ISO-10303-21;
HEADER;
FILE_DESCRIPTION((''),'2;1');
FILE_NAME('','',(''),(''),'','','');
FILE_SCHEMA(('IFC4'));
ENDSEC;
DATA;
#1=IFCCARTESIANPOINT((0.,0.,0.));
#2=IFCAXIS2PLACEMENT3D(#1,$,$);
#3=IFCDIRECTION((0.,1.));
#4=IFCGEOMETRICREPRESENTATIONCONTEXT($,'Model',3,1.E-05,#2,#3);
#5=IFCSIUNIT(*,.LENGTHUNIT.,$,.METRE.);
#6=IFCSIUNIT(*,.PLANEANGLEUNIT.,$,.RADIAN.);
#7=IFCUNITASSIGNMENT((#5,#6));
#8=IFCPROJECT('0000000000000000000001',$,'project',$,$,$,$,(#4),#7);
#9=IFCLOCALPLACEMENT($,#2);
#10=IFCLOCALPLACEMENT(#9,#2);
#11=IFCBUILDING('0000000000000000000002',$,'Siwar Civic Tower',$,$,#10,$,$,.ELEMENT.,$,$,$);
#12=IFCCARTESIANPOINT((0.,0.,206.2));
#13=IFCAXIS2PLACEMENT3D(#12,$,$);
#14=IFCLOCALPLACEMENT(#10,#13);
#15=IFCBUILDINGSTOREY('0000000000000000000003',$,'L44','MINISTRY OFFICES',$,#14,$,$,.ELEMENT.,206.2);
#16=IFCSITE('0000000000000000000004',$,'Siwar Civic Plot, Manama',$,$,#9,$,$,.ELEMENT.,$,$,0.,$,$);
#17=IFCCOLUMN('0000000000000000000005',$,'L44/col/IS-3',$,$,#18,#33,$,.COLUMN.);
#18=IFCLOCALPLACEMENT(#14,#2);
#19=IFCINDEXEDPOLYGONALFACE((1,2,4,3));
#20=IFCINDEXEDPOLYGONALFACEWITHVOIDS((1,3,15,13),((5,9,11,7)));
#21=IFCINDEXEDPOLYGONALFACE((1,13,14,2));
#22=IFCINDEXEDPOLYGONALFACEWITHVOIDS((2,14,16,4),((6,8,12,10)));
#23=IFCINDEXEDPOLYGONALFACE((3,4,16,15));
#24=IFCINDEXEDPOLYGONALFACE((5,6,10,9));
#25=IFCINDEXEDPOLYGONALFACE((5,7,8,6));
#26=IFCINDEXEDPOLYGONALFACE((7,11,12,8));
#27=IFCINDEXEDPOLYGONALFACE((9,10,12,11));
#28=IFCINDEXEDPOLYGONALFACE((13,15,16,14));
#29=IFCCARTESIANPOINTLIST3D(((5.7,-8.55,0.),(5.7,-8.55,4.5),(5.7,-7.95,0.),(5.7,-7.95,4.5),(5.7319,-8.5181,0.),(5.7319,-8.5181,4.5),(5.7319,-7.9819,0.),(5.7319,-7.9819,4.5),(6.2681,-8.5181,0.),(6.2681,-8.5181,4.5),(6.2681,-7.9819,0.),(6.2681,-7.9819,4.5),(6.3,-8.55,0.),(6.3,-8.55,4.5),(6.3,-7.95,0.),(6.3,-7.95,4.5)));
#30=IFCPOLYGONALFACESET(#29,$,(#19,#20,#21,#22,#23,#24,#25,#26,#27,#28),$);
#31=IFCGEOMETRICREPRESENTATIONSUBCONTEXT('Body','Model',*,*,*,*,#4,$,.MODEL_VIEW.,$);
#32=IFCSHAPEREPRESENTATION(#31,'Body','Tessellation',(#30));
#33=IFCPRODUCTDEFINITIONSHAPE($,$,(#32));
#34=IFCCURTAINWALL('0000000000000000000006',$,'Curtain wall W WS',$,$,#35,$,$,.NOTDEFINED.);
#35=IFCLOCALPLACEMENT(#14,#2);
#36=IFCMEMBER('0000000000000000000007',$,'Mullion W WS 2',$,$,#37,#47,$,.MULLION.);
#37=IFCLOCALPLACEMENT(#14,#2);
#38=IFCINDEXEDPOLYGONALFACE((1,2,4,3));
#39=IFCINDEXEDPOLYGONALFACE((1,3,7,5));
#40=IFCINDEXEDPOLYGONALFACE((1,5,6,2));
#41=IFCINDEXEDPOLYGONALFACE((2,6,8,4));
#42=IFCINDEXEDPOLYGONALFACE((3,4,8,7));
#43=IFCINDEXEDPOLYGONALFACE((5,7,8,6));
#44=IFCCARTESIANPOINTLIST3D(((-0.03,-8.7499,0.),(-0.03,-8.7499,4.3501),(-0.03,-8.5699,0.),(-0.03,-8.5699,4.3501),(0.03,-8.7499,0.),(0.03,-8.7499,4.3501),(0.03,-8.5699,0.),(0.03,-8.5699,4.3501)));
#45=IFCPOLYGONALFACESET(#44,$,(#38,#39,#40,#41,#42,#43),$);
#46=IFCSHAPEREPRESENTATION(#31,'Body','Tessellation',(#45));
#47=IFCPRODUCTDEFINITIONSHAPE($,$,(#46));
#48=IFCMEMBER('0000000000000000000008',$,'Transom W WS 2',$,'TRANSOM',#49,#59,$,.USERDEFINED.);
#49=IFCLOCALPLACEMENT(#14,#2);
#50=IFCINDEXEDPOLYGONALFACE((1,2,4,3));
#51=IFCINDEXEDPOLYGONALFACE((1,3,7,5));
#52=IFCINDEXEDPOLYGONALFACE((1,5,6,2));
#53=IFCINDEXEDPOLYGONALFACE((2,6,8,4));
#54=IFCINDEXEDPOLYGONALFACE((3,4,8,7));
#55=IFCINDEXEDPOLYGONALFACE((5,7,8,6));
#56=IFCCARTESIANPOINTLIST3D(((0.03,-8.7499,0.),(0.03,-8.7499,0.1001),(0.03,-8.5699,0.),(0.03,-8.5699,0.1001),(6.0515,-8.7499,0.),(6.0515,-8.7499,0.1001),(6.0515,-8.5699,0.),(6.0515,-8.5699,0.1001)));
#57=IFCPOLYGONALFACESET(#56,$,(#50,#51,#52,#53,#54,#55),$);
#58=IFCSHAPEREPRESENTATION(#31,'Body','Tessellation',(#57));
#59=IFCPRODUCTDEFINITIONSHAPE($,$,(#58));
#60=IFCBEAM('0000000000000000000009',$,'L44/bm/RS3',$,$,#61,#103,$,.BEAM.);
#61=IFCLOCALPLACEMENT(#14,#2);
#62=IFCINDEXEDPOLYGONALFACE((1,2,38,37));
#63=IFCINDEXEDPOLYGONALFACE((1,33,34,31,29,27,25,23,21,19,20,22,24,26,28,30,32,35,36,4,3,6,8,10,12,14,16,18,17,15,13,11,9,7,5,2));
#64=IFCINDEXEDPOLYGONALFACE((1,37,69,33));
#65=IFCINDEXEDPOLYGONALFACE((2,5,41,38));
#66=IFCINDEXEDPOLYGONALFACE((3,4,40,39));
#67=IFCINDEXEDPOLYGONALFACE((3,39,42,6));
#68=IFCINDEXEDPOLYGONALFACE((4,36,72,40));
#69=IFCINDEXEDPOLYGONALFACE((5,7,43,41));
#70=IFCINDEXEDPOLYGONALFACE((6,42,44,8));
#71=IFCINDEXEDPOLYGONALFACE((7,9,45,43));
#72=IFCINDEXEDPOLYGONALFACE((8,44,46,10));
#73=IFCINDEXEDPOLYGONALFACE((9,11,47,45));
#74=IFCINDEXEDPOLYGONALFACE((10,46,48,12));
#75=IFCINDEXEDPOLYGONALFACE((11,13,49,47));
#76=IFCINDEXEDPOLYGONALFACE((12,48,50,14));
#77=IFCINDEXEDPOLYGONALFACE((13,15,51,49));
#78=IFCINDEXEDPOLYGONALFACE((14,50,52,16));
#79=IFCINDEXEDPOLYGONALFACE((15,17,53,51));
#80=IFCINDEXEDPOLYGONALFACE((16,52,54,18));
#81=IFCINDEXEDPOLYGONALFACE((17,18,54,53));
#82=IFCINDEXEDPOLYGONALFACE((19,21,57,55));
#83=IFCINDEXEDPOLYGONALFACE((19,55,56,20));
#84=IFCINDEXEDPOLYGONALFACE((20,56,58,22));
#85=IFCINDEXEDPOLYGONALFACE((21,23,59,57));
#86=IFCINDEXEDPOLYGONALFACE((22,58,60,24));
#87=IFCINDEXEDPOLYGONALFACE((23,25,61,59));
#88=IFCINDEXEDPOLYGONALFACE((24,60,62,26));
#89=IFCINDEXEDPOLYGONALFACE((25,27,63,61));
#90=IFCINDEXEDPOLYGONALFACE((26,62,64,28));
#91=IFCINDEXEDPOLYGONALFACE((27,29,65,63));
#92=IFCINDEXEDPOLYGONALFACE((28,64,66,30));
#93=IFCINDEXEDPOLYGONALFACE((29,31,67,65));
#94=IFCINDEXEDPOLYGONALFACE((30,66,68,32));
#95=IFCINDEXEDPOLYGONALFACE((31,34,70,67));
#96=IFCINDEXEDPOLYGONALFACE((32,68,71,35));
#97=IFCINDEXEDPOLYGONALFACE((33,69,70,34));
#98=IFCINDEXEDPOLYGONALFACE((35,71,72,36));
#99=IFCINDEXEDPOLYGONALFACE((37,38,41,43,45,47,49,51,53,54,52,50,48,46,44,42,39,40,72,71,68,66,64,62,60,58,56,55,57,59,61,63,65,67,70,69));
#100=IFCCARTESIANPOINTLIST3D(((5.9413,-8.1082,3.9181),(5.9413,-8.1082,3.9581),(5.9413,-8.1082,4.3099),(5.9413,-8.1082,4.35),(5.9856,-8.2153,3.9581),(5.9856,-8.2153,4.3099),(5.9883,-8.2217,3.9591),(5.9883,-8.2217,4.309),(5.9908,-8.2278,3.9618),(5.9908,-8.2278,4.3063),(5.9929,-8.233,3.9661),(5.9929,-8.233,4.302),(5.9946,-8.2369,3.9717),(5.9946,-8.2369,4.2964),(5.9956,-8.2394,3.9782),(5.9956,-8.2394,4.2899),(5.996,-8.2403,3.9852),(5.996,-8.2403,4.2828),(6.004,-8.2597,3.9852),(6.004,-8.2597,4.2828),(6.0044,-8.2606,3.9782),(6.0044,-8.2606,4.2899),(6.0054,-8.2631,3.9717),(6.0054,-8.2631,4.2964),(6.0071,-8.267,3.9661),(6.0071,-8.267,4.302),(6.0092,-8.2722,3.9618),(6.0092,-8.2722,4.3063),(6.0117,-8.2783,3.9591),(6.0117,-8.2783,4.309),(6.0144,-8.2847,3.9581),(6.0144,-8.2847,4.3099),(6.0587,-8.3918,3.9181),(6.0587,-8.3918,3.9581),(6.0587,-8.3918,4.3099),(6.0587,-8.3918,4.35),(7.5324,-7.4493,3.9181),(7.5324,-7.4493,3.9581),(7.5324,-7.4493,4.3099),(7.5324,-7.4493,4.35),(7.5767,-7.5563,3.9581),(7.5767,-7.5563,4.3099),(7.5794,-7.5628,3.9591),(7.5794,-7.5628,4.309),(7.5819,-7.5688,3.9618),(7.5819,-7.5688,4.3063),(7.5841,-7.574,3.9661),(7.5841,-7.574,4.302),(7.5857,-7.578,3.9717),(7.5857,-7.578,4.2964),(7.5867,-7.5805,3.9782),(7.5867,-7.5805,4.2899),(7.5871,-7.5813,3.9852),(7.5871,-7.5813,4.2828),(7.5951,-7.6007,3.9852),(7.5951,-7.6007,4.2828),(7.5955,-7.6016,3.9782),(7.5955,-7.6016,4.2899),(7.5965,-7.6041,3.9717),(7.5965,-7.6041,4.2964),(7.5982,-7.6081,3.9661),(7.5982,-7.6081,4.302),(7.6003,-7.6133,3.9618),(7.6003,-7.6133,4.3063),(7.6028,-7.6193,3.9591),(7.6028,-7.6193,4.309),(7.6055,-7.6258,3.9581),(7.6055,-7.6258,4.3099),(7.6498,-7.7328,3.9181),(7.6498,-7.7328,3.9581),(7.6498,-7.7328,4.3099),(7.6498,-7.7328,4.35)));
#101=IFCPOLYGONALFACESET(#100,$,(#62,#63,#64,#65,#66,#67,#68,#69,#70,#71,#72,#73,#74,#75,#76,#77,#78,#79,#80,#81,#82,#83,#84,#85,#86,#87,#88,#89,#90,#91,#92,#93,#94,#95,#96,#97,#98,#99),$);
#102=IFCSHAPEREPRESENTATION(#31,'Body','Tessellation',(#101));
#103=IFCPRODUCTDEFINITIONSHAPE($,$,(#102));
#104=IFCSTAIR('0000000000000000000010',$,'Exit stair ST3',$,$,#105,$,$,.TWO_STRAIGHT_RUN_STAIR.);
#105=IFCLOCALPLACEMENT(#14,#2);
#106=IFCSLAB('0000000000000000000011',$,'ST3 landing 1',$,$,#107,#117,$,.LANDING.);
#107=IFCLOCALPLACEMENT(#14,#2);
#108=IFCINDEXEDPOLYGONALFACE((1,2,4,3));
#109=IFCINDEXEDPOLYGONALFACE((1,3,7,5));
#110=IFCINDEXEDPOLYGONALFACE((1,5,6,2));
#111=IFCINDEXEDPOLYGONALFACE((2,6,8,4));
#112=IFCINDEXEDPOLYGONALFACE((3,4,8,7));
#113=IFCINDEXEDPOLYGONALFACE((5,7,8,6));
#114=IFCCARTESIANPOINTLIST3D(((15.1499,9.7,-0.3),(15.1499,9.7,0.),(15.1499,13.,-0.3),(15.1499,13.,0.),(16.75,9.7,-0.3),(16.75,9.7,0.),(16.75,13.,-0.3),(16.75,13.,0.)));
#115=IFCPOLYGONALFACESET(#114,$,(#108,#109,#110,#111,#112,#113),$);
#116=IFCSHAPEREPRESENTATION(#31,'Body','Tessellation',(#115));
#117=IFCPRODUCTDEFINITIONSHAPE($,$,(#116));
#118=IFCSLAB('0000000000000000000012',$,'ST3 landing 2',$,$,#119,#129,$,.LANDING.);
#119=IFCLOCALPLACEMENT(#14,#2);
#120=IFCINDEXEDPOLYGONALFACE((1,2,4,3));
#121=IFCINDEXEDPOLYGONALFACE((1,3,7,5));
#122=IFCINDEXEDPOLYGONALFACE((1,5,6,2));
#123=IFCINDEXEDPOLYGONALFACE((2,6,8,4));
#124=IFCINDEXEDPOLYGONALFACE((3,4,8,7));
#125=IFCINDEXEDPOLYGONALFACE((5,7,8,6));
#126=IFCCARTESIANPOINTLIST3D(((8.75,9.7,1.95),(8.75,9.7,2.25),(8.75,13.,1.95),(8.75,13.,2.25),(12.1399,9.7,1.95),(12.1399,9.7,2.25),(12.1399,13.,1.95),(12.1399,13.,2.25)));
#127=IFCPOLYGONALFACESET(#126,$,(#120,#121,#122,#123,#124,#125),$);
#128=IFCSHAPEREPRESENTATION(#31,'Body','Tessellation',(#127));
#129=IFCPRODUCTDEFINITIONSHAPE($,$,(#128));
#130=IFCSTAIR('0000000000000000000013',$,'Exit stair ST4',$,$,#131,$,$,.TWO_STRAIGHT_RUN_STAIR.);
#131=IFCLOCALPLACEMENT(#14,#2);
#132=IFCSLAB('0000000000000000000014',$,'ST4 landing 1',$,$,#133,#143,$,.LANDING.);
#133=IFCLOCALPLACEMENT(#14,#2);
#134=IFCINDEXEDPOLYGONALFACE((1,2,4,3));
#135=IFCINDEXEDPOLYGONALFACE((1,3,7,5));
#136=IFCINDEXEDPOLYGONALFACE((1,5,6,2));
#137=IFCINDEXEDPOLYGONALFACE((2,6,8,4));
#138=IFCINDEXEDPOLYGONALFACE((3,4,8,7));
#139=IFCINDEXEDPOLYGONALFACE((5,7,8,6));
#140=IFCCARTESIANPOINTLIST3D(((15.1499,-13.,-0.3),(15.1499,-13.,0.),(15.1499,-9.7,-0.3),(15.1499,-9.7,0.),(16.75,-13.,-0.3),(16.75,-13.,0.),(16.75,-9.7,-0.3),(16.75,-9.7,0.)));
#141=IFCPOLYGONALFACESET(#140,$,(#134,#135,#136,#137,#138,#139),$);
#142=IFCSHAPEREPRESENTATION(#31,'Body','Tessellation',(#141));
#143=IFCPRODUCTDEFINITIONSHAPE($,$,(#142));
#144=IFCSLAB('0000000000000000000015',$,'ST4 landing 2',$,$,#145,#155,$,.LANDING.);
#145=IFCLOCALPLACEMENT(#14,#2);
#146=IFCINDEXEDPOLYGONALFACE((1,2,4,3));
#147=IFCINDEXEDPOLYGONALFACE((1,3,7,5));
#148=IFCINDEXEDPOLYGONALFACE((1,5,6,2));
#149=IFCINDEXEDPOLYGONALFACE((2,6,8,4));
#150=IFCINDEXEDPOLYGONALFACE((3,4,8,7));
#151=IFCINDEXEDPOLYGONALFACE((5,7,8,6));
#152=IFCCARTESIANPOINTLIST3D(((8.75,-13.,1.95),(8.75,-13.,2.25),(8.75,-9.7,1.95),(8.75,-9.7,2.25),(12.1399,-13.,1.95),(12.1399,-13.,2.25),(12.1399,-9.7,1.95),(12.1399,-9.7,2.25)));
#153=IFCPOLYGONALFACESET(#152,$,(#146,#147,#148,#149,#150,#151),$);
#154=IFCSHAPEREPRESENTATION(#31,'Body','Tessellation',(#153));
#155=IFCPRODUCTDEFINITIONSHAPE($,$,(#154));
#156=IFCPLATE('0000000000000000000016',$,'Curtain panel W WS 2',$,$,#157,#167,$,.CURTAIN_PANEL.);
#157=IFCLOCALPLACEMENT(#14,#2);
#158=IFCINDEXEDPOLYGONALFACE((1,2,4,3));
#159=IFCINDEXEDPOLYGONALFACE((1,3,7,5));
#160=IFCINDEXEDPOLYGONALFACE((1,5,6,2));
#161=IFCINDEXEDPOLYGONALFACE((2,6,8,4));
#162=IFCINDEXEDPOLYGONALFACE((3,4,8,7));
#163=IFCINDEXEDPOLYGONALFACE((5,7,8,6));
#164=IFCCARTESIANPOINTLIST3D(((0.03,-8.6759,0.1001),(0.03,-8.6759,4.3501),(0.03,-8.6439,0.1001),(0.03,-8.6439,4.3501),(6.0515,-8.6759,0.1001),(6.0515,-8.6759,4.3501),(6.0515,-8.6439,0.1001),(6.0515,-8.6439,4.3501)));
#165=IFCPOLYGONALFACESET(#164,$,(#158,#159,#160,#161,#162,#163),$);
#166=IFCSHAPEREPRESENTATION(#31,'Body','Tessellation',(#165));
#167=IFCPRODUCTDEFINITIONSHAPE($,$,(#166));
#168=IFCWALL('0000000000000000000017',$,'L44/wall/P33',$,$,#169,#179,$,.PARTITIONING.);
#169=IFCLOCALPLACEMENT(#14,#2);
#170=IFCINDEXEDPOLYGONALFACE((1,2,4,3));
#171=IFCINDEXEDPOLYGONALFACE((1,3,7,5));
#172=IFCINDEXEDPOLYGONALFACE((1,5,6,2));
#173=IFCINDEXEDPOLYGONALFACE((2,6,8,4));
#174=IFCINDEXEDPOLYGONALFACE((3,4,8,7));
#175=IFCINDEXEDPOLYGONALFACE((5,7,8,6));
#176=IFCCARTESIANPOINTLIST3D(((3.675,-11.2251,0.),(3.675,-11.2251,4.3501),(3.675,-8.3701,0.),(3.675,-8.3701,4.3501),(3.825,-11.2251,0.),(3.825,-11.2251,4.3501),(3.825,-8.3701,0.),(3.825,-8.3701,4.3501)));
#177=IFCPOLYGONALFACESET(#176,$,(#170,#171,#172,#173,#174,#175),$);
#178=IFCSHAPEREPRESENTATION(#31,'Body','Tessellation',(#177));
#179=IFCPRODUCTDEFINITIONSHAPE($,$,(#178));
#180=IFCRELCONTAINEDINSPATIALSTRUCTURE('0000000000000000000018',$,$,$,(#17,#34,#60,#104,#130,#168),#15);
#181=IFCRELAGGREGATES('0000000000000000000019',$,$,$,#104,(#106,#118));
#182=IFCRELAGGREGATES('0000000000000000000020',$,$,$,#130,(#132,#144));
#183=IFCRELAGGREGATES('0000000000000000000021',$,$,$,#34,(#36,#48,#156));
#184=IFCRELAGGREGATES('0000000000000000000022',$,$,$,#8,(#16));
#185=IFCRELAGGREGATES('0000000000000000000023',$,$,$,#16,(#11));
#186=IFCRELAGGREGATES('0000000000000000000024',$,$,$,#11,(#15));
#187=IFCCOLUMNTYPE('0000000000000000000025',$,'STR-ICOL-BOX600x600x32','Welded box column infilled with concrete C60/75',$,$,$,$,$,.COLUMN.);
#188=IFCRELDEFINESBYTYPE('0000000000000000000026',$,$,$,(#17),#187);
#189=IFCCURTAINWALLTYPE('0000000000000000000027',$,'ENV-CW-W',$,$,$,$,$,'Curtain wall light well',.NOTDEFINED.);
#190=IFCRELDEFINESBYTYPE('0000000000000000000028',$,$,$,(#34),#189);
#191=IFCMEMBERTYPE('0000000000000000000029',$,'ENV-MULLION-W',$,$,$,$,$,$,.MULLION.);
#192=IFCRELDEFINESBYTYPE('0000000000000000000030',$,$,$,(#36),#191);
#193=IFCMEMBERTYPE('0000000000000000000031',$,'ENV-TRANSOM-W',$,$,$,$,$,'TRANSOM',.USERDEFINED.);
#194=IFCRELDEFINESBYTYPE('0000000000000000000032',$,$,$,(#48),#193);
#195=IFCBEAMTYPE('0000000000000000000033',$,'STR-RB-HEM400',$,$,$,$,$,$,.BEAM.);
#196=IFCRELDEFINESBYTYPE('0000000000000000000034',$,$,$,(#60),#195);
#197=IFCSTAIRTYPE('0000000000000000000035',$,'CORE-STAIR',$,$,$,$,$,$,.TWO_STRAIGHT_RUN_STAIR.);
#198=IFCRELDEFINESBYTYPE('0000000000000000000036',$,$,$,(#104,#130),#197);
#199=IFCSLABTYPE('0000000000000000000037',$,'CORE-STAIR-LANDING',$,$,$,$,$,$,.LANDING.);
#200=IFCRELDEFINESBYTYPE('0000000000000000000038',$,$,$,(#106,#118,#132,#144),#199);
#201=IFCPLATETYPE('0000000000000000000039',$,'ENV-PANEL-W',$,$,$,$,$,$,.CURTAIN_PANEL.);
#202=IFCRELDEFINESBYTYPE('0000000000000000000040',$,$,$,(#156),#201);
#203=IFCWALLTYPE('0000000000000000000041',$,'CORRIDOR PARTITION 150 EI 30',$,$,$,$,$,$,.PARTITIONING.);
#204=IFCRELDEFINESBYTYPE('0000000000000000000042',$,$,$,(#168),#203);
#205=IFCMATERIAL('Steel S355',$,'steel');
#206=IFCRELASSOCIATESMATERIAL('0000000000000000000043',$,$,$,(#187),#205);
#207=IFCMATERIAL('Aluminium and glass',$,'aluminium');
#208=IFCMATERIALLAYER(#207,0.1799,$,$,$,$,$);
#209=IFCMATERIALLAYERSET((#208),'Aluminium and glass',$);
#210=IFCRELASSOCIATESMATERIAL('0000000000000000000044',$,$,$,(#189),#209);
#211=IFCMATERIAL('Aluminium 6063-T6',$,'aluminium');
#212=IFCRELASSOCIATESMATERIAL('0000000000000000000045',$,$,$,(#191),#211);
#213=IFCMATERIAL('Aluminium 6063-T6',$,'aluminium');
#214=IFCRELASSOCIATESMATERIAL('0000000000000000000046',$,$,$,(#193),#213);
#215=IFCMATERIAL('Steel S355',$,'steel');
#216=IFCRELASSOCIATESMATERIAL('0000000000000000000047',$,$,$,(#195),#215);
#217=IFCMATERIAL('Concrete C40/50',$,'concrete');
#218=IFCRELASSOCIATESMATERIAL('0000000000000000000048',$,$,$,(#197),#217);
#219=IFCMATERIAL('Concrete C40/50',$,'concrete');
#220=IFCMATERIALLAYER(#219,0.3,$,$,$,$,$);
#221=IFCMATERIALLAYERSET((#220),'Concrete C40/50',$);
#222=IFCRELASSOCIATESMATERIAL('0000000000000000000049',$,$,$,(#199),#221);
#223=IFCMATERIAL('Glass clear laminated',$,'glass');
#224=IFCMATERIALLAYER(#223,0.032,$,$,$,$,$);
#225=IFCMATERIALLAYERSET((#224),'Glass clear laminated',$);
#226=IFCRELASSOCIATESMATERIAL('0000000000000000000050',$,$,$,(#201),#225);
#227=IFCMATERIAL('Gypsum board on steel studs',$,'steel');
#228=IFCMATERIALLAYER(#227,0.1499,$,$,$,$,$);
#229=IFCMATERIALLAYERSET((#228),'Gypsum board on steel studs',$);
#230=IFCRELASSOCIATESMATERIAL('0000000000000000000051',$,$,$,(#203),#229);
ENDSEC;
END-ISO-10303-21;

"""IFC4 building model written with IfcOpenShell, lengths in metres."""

from ifc_helpers import new_model, si_unit, direction, frame, frame_2d, origin, origin_2d, place, context, subcontext, project, spatial, polyline, rectangle, hollow_rectangle, i_section, outline, extrude, material, layer, layer_set, material_profile, profile_set, type_object, element, aggregate, save


model = new_model("IFC4")

# Units and contexts
model_context = context("Model", 3, precision=1e-05, world=origin(), true_north=direction((0.0, 1.0)))
body_context = subcontext(model_context, "Body", "Model", "MODEL_VIEW")
ifc_project = project(units=[si_unit("LENGTHUNIT", "METRE"), si_unit("PLANEANGLEUNIT", "RADIAN")], contexts=[model_context])

# Site, building, storey
site_placement = place(None, origin())
site = spatial("IfcSite", under=ifc_project, at=site_placement, Name="Siwar Civic Plot, Manama", CompositionType="ELEMENT", RefElevation=0.0)
building_placement = place(site_placement, origin())
building = spatial("IfcBuilding", under=site, at=building_placement, Name="Siwar Civic Tower", CompositionType="ELEMENT")
storey_placement = place(building_placement, frame((0.0, 0.0, 206.2)))
storey = spatial("IfcBuildingStorey", under=building, at=storey_placement, Name="L44", Description="MINISTRY OFFICES", CompositionType="ELEMENT", Elevation=206.2)

# Column
ifc_material_1 = material(Name="Steel S355", Category="steel")
ifc_material_profile_1 = material_profile(ifc_material_1, hollow_rectangle(XDim=0.6001, YDim=0.6001, WallThickness=0.032, at=origin_2d()), Name="BOX600x600x32")
ifc_profile_set_1 = profile_set([ifc_material_profile_1], Name="Steel S355")
column_type = type_object("IfcColumnType", Name="STR-ICOL-BOX600x600x32", Description="Welded box column infilled with concrete C60/75", PredefinedType="COLUMN", material=ifc_profile_set_1)
column_placement = place(storey_placement, frame((6.0, -8.25, 0.0), z_axis=(0.0, 0.0, 1.0), x_axis=(1.0, 0.0, 0.0)))
element("IfcColumn", 1, at=column_placement, inside=storey, type_object=column_type, Name="L44/col/IS-3", PredefinedType="COLUMN", context=body_context, shape_type="SweptSolid", body=[
    extrude(hollow_rectangle(XDim=0.6001, YDim=0.6001, WallThickness=0.032, at=origin_2d()), origin(), (0.0, 0.0, 1.0), 4.5),
])

# Curtain wall, members
ifc_material_2 = material(Name="Aluminium and glass", Category="aluminium")
ifc_layer_1 = layer(ifc_material_2, 0.1799)
ifc_layer_set_1 = layer_set([ifc_layer_1], Name="Aluminium and glass")
curtain_wall_type = type_object("IfcCurtainWallType", Name="ENV-CW-W", ElementType="Curtain wall light well", PredefinedType="NOTDEFINED", material=ifc_layer_set_1)
curtain_wall_placement = place(storey_placement, origin())
curtain_wall = element("IfcCurtainWall", 2, at=curtain_wall_placement, inside=storey, type_object=curtain_wall_type, Name="Curtain wall W WS", PredefinedType="NOTDEFINED")
ifc_material_3 = material(Name="Aluminium 6063-T6", Category="aluminium")
ifc_material_profile_2 = material_profile(ifc_material_3, rectangle(XDim=0.1799, YDim=0.0601, at=origin_2d()), Name="AL 180x60")
ifc_profile_set_2 = profile_set([ifc_material_profile_2], Name="Aluminium 6063-T6")
member_type_1 = type_object("IfcMemberType", Name="ENV-MULLION-W", PredefinedType="MULLION", material=ifc_profile_set_2)
member_1_placement = place(storey_placement, frame((0.0, -8.6599, 0.0), z_axis=(0.0, 0.0, 1.0), x_axis=(0.0, 1.0, 0.0)))
member_1 = element("IfcMember", 3, at=member_1_placement, type_object=member_type_1, Name="Mullion W WS 2", PredefinedType="MULLION", context=body_context, shape_type="SweptSolid", body=[
    extrude(rectangle(XDim=0.1799, YDim=0.0601, at=origin_2d()), origin(), (0.0, 0.0, 1.0), 4.3501),
])
ifc_material_4 = material(Name="Aluminium 6063-T6", Category="aluminium")
ifc_material_profile_3 = material_profile(ifc_material_4, rectangle(XDim=0.1799, YDim=0.1001, at=origin_2d()), Name="AL 180x100")
ifc_profile_set_3 = profile_set([ifc_material_profile_3], Name="Aluminium 6063-T6")
member_type_2 = type_object("IfcMemberType", Name="ENV-TRANSOM-W", ElementType="TRANSOM", PredefinedType="USERDEFINED", material=ifc_profile_set_3)
member_2_placement = place(storey_placement, frame((0.03, -8.6599, 0.05), z_axis=(1.0, 0.0, 0.0), x_axis=(0.0, 1.0, 0.0)))
member_2 = element("IfcMember", 4, at=member_2_placement, type_object=member_type_2, Name="Transom W WS 2", ObjectType="TRANSOM", PredefinedType="USERDEFINED", context=body_context, shape_type="SweptSolid", body=[
    extrude(rectangle(XDim=0.1799, YDim=0.1001, at=origin_2d()), origin(), (0.0, 0.0, 1.0), 6.0215),
])

# Beam
ifc_material_5 = material(Name="Steel S355", Category="steel")
ifc_material_profile_4 = material_profile(ifc_material_5, i_section(OverallWidth=0.3069, OverallDepth=0.4319, WebThickness=0.021, FlangeThickness=0.04, FilletRadius=0.0271, at=origin_2d()), Name="HEM400")
ifc_profile_set_4 = profile_set([ifc_material_profile_4], Name="Steel S355")
beam_type = type_object("IfcBeamType", Name="STR-RB-HEM400", PredefinedType="BEAM", material=ifc_profile_set_4)
beam_placement = place(storey_placement, frame((6.0, -8.25, 4.134), z_axis=(0.923901, 0.382631, 0.0), x_axis=(-0.382631, 0.923901, 0.0)))
element("IfcBeam", 5, at=beam_placement, inside=storey, type_object=beam_type, Name="L44/bm/RS3", PredefinedType="BEAM", context=body_context, shape_type="SweptSolid", body=[
    extrude(i_section(OverallWidth=0.3069, OverallDepth=0.4319, WebThickness=0.021, FlangeThickness=0.04, FilletRadius=0.0271, at=origin_2d()), origin(), (0.0, 0.0, 1.0), 1.7222),
])

# Stairs, slabs
ifc_material_6 = material(Name="Concrete C40/50", Category="concrete")
stair_type = type_object("IfcStairType", Name="CORE-STAIR", PredefinedType="TWO_STRAIGHT_RUN_STAIR", material=ifc_material_6)
stair_1_placement = place(storey_placement, origin())
stair_1 = element("IfcStair", 6, at=stair_1_placement, inside=storey, type_object=stair_type, Name="Exit stair ST3", PredefinedType="TWO_STRAIGHT_RUN_STAIR")
ifc_material_7 = material(Name="Concrete C40/50", Category="concrete")
ifc_layer_2 = layer(ifc_material_7, 0.3)
ifc_layer_set_2 = layer_set([ifc_layer_2], Name="Concrete C40/50")
slab_type_1 = type_object("IfcSlabType", Name="CORE-STAIR-LANDING", PredefinedType="LANDING", material=ifc_layer_set_2)
slab_1_placement = place(storey_placement, frame((0.0, 0.0, -0.3)))
slab_1 = element("IfcSlab", 7, at=slab_1_placement, type_object=slab_type_1, Name="ST3 landing 1", PredefinedType="LANDING", context=body_context, shape_type="SweptSolid", body=[
    extrude(outline(polyline([(15.1499, 9.7), (16.75, 9.7), (16.75, 13.0), (15.1499, 13.0), (15.1499, 9.7)])), origin(), (0.0, 0.0, 1.0), 0.3),
])
slab_2_placement = place(storey_placement, frame((0.0, 0.0, 1.95)))
slab_2 = element("IfcSlab", 8, at=slab_2_placement, type_object=slab_type_1, Name="ST3 landing 2", PredefinedType="LANDING", context=body_context, shape_type="SweptSolid", body=[
    extrude(outline(polyline([(8.75, 9.7), (12.1399, 9.7), (12.1399, 13.0), (8.75, 13.0), (8.75, 9.7)])), origin(), (0.0, 0.0, 1.0), 0.3),
])
aggregate(stair_1, [slab_1, slab_2])
stair_2_placement = place(storey_placement, origin())
stair_2 = element("IfcStair", 9, at=stair_2_placement, inside=storey, type_object=stair_type, Name="Exit stair ST4", PredefinedType="TWO_STRAIGHT_RUN_STAIR")
slab_3_placement = place(storey_placement, frame((0.0, 0.0, -0.3)))
slab_3 = element("IfcSlab", 10, at=slab_3_placement, type_object=slab_type_1, Name="ST4 landing 1", PredefinedType="LANDING", context=body_context, shape_type="SweptSolid", body=[
    extrude(outline(polyline([(15.1499, -13.0), (16.75, -13.0), (16.75, -9.7), (15.1499, -9.7), (15.1499, -13.0)])), origin(), (0.0, 0.0, 1.0), 0.3),
])
slab_4_placement = place(storey_placement, frame((0.0, 0.0, 1.95)))
slab_4 = element("IfcSlab", 11, at=slab_4_placement, type_object=slab_type_1, Name="ST4 landing 2", PredefinedType="LANDING", context=body_context, shape_type="SweptSolid", body=[
    extrude(outline(polyline([(8.75, -13.0), (12.1399, -13.0), (12.1399, -9.7), (8.75, -9.7), (8.75, -13.0)])), origin(), (0.0, 0.0, 1.0), 0.3),
])
aggregate(stair_2, [slab_3, slab_4])

# Plate
ifc_material_8 = material(Name="Glass clear laminated", Category="glass")
ifc_layer_3 = layer(ifc_material_8, 0.032)
ifc_layer_set_3 = layer_set([ifc_layer_3], Name="Glass clear laminated")
plate_type = type_object("IfcPlateType", Name="ENV-PANEL-W", PredefinedType="CURTAIN_PANEL", material=ifc_layer_set_3)
plate_placement = place(storey_placement, frame((3.0408, -8.6599, 0.1001), z_axis=(0.0, 0.0, 1.0), x_axis=(1.0, 0.0, 0.0)))
plate = element("IfcPlate", 12, at=plate_placement, type_object=plate_type, Name="Curtain panel W WS 2", PredefinedType="CURTAIN_PANEL", context=body_context, shape_type="SweptSolid", body=[
    extrude(rectangle(XDim=6.0215, YDim=0.032, at=origin_2d()), origin(), (0.0, 0.0, 1.0), 4.25),
])
aggregate(curtain_wall, [member_1, member_2, plate])

# Wall
ifc_material_9 = material(Name="Gypsum board on steel studs", Category="steel")
ifc_layer_4 = layer(ifc_material_9, 0.1499)
ifc_layer_set_4 = layer_set([ifc_layer_4], Name="Gypsum board on steel studs")
wall_type = type_object("IfcWallType", Name="CORRIDOR PARTITION 150 EI 30", PredefinedType="PARTITIONING", material=ifc_layer_set_4)
wall_placement = place(storey_placement, frame((3.75, -11.2251, 0.0), z_axis=(0.0, 0.0, 1.0), x_axis=(0.0, 1.0, 0.0)))
element("IfcWall", 13, at=wall_placement, inside=storey, type_object=wall_type, Name="L44/wall/P33", PredefinedType="PARTITIONING", context=body_context, shape_type="SweptSolid", body=[
    extrude(rectangle(XDim=2.855, YDim=0.1499, at=frame_2d((1.4275, 0.0))), origin(), (0.0, 0.0, 1.0), 4.3501),
])

save(model, "model.ifc")
